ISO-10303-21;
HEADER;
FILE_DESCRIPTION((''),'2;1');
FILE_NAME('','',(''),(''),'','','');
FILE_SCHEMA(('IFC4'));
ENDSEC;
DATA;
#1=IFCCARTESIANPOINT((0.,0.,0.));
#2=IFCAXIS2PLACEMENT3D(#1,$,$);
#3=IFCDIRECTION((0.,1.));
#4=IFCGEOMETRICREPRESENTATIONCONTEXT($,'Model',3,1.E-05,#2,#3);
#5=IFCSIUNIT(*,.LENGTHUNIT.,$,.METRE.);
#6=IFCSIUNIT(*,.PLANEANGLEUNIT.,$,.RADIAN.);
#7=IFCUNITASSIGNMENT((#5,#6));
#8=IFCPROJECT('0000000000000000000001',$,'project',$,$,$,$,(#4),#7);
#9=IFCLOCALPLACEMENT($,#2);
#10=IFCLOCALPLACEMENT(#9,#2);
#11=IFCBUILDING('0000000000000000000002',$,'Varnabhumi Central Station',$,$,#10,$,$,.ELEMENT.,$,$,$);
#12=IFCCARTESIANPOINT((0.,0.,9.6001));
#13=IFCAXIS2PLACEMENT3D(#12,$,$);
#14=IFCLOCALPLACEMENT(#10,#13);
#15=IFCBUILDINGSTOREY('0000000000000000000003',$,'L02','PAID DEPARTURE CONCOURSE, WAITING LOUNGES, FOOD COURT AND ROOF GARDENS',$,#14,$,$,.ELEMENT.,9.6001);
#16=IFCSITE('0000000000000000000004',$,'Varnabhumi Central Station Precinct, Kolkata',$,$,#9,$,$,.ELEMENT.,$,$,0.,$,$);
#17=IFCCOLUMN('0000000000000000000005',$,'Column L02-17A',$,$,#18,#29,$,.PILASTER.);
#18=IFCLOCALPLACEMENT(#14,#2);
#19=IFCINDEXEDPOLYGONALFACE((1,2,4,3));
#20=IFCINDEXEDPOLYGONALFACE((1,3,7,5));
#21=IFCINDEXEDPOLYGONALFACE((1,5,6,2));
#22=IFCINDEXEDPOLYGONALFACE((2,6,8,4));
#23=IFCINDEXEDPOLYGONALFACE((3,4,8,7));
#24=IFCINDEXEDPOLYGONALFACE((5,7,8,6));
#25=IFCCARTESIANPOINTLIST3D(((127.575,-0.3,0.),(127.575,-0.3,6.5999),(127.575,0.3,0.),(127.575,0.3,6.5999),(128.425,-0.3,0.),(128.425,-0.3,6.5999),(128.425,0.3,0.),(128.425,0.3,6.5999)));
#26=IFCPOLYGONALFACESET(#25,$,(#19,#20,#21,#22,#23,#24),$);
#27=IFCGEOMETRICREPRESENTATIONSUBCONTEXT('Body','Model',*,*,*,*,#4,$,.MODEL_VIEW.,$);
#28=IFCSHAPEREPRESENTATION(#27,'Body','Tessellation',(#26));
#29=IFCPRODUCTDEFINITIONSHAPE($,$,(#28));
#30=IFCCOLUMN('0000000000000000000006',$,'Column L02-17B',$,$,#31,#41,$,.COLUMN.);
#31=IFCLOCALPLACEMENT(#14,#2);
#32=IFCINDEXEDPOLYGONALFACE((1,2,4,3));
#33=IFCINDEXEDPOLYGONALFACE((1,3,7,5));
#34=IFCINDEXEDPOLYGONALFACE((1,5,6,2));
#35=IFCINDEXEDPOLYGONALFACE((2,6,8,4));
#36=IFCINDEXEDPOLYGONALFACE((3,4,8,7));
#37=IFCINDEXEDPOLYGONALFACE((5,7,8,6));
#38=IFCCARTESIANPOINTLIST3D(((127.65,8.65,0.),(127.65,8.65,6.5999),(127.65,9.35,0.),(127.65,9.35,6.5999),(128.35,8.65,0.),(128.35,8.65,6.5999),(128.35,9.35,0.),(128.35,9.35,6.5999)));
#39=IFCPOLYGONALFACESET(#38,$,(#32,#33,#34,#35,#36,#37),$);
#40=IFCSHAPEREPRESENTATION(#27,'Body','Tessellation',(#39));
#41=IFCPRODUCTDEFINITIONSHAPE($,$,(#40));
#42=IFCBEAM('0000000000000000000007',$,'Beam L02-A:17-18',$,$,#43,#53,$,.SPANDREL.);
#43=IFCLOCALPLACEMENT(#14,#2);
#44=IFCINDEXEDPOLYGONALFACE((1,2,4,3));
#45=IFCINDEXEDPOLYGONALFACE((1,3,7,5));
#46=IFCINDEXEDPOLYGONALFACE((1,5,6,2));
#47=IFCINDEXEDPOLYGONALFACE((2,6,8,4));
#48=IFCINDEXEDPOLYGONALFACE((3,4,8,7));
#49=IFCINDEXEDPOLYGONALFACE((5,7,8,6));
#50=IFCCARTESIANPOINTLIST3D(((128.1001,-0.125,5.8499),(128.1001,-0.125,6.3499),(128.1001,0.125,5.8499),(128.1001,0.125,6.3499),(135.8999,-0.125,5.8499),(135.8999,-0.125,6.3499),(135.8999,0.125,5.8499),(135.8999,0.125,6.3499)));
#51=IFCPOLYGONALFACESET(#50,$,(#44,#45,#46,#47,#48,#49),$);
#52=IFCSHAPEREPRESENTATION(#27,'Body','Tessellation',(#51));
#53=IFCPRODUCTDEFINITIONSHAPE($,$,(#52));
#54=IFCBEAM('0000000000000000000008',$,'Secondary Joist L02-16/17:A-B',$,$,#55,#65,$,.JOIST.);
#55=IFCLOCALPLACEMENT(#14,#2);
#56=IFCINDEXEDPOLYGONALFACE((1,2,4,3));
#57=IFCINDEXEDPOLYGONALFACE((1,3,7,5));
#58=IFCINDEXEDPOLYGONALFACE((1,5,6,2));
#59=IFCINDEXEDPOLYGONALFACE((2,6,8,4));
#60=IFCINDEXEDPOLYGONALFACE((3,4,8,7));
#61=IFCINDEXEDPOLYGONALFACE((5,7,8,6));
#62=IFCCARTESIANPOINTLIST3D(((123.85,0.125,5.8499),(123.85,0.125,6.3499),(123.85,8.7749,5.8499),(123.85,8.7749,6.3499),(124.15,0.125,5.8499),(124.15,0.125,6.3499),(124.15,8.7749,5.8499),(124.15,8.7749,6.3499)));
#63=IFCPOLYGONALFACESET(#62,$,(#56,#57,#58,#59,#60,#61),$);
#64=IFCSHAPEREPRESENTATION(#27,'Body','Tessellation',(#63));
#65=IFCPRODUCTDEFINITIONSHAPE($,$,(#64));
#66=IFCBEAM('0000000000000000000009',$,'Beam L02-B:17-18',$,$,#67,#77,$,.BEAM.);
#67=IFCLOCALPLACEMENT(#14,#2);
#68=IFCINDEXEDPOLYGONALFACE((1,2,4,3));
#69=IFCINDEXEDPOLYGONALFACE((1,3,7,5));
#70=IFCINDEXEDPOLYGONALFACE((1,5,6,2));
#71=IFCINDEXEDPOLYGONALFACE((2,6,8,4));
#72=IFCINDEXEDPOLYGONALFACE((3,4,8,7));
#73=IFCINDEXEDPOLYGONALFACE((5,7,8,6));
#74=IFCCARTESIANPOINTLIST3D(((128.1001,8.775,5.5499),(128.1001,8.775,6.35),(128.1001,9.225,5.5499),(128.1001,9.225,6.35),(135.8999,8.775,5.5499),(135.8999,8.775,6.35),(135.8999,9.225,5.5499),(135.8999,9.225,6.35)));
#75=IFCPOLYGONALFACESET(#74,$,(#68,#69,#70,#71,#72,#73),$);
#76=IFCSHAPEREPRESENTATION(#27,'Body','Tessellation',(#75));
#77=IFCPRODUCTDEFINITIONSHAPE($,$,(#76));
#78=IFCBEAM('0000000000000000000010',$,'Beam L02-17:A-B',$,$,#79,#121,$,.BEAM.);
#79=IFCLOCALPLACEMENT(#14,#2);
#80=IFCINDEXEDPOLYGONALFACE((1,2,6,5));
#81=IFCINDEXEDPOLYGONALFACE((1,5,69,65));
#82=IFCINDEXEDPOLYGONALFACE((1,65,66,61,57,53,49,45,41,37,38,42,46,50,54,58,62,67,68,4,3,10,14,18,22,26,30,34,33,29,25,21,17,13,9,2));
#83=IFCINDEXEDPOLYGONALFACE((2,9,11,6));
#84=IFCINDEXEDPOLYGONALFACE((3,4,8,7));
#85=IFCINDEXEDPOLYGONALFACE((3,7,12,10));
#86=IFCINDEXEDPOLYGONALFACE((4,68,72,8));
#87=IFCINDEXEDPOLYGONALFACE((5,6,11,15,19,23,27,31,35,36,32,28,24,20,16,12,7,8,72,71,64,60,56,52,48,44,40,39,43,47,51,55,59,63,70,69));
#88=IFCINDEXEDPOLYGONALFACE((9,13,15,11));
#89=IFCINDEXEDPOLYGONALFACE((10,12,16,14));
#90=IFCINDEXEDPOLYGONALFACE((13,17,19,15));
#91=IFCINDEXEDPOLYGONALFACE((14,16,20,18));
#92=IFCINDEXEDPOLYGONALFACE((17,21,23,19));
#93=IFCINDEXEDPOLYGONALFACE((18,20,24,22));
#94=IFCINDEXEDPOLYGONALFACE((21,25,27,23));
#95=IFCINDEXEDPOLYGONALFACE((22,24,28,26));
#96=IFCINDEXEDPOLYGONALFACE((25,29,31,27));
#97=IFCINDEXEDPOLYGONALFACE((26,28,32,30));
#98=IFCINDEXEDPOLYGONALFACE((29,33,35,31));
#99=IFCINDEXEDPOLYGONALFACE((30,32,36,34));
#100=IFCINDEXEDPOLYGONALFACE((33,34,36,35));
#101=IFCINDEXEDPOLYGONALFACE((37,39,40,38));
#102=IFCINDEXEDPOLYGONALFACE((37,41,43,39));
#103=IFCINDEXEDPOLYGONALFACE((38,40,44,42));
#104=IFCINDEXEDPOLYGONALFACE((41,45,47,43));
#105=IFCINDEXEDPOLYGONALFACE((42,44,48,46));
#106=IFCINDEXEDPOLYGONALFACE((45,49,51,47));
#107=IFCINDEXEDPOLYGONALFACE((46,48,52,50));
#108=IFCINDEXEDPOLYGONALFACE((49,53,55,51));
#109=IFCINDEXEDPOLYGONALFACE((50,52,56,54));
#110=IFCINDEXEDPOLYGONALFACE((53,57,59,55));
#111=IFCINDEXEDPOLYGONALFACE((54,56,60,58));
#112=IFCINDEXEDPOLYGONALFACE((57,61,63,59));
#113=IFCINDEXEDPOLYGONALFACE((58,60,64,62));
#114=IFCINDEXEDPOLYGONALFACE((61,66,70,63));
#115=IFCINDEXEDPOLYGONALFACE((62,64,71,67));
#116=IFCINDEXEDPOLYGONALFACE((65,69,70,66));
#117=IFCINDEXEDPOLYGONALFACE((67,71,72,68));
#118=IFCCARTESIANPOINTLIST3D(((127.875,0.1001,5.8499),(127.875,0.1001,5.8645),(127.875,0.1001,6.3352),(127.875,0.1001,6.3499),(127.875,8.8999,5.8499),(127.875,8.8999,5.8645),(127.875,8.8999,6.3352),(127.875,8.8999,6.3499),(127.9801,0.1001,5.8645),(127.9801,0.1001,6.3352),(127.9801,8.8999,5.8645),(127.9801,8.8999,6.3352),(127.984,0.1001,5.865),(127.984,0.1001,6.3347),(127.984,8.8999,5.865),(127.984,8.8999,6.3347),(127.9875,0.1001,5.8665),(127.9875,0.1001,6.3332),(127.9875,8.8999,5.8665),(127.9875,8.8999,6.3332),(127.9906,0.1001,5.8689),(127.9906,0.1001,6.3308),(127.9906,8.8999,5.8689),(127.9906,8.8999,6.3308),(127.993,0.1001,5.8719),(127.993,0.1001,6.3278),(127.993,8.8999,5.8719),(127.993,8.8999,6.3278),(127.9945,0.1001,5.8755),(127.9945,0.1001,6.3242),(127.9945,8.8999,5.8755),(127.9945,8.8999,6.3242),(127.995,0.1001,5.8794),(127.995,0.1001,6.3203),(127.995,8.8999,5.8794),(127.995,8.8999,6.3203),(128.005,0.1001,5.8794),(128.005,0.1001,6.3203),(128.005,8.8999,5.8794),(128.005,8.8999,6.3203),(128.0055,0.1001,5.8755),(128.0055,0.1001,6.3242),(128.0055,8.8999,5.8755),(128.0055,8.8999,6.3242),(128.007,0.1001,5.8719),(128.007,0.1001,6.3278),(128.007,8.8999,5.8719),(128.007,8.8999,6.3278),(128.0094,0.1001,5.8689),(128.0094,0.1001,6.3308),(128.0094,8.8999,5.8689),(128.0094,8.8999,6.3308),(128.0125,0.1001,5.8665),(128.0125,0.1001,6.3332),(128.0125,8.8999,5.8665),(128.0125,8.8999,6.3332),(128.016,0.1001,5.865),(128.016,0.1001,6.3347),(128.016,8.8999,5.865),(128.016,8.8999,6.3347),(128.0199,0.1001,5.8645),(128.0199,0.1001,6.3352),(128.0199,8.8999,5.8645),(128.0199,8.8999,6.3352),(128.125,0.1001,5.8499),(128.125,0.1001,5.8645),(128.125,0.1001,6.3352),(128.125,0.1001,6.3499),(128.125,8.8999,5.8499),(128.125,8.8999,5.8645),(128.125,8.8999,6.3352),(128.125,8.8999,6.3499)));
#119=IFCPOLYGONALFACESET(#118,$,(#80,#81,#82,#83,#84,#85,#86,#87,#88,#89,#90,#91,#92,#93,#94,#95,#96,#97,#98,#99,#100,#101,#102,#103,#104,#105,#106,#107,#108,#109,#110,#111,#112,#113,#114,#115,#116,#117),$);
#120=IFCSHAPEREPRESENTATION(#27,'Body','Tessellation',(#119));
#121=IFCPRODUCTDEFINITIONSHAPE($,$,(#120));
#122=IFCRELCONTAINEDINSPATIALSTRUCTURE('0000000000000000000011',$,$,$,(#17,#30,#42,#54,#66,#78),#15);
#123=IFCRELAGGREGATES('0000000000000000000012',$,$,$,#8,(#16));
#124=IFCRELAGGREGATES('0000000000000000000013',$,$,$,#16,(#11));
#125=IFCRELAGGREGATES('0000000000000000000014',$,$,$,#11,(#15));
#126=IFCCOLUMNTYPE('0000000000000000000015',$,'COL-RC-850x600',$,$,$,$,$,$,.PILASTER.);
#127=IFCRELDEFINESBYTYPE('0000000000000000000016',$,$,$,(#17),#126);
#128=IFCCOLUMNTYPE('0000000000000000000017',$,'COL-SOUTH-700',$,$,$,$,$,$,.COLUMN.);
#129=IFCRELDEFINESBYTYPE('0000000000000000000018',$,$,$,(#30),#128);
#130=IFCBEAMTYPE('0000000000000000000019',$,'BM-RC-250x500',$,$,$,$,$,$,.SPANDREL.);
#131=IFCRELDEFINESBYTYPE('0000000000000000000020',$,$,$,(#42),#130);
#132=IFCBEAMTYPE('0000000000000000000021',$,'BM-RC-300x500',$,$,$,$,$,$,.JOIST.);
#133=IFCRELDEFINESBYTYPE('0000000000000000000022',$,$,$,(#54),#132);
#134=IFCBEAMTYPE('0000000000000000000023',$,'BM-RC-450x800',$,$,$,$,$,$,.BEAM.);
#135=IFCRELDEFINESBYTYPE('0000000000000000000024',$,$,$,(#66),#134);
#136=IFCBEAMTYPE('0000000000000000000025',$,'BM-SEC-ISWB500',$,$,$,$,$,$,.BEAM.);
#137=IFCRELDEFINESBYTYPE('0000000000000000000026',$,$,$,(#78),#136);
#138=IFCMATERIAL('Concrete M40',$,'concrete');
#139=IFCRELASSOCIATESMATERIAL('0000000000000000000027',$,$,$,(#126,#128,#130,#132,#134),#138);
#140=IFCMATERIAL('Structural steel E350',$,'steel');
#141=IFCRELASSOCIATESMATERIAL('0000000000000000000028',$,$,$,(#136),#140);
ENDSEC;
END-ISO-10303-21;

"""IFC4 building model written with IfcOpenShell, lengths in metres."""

from ifc_helpers import new_model, si_unit, direction, frame, origin, origin_2d, place, context, subcontext, project, spatial, rectangle, i_section, extrude, material, material_profile, profile_set, type_object, element, save


model = new_model("IFC4")

# Units and contexts
model_context = context("Model", 3, precision=1e-05, world=origin(), true_north=direction((0.0, 1.0)))
body_context = subcontext(model_context, "Body", "Model", "MODEL_VIEW")
ifc_project = project(units=[si_unit("LENGTHUNIT", "METRE"), si_unit("PLANEANGLEUNIT", "RADIAN")], contexts=[model_context])

# Site, building, storey
site_placement = place(None, origin())
site = spatial("IfcSite", under=ifc_project, at=site_placement, Name="Varnabhumi Central Station Precinct, Kolkata", CompositionType="ELEMENT", RefElevation=0.0)
building_placement = place(site_placement, origin())
building = spatial("IfcBuilding", under=site, at=building_placement, Name="Varnabhumi Central Station", CompositionType="ELEMENT")
storey_placement = place(building_placement, frame((0.0, 0.0, 9.6001)))
storey = spatial("IfcBuildingStorey", under=building, at=storey_placement, Name="L02", Description="PAID DEPARTURE CONCOURSE, WAITING LOUNGES, FOOD COURT AND ROOF GARDENS", CompositionType="ELEMENT", Elevation=9.6001)

# Columns
ifc_material_1 = material(Name="Concrete M40", Category="concrete")
ifc_material_profile_1 = material_profile(ifc_material_1, rectangle(XDim=0.8501, YDim=0.6001, at=origin_2d()), Name="Concrete M40", Category="concrete")
ifc_profile_set_1 = profile_set([ifc_material_profile_1], Name="Concrete M40")
column_type_1 = type_object("IfcColumnType", Name="COL-RC-850x600", PredefinedType="PILASTER", material=ifc_profile_set_1)
column_1_placement = place(storey_placement, frame((128.0, 0.0, 0.0), z_axis=(0.0, 0.0, 1.0), x_axis=(1.0, 0.0, 0.0)))
element("IfcColumn", 1, at=column_1_placement, inside=storey, type_object=column_type_1, Name="Column L02-17A", PredefinedType="PILASTER", context=body_context, shape_type="SweptSolid", body=[
    extrude(rectangle(XDim=0.8501, YDim=0.6001, at=origin_2d()), origin(), (0.0, 0.0, 1.0), 6.5999),
])
ifc_material_profile_2 = material_profile(ifc_material_1, rectangle(XDim=0.7, YDim=0.7, at=origin_2d()), Name="Concrete M40", Category="concrete")
ifc_profile_set_2 = profile_set([ifc_material_profile_2], Name="Concrete M40")
column_type_2 = type_object("IfcColumnType", Name="COL-SOUTH-700", PredefinedType="COLUMN", material=ifc_profile_set_2)
column_2_placement = place(storey_placement, frame((128.0, 9.0, 0.0), z_axis=(0.0, 0.0, 1.0), x_axis=(1.0, 0.0, 0.0)))
element("IfcColumn", 2, at=column_2_placement, inside=storey, type_object=column_type_2, Name="Column L02-17B", PredefinedType="COLUMN", context=body_context, shape_type="SweptSolid", body=[
    extrude(rectangle(XDim=0.7, YDim=0.7, at=origin_2d()), origin(), (0.0, 0.0, 1.0), 6.5999),
])

# Beams
ifc_material_profile_3 = material_profile(ifc_material_1, rectangle(XDim=0.25, YDim=0.5, at=origin_2d()), Name="Concrete M40", Category="concrete")
ifc_profile_set_3 = profile_set([ifc_material_profile_3], Name="Concrete M40")
beam_type_1 = type_object("IfcBeamType", Name="BM-RC-250x500", PredefinedType="SPANDREL", material=ifc_profile_set_3)
beam_1_placement = place(storey_placement, frame((128.1001, 0.0, 6.0999), z_axis=(1.0, 0.0, 0.0), x_axis=(0.0, 1.0, 0.0)))
element("IfcBeam", 3, at=beam_1_placement, inside=storey, type_object=beam_type_1, Name="Beam L02-A:17-18", PredefinedType="SPANDREL", context=body_context, shape_type="SweptSolid", body=[
    extrude(rectangle(XDim=0.25, YDim=0.5, at=origin_2d()), origin(), (0.0, 0.0, 1.0), 7.7998),
])
ifc_material_profile_4 = material_profile(ifc_material_1, rectangle(XDim=0.3, YDim=0.5, at=origin_2d()), Name="Concrete M40", Category="concrete")
ifc_profile_set_4 = profile_set([ifc_material_profile_4], Name="Concrete M40")
beam_type_2 = type_object("IfcBeamType", Name="BM-RC-300x500", PredefinedType="JOIST", material=ifc_profile_set_4)
beam_2_placement = place(storey_placement, frame((124.0, 0.125, 6.0999), z_axis=(0.0, 1.0, 0.0), x_axis=(-1.0, 0.0, 0.0)))
element("IfcBeam", 4, at=beam_2_placement, inside=storey, type_object=beam_type_2, Name="Secondary Joist L02-16/17:A-B", PredefinedType="JOIST", context=body_context, shape_type="SweptSolid", body=[
    extrude(rectangle(XDim=0.3, YDim=0.5, at=origin_2d()), origin(), (0.0, 0.0, 1.0), 8.6499),
])
ifc_material_profile_5 = material_profile(ifc_material_1, rectangle(XDim=0.45, YDim=0.8, at=origin_2d()), Name="Concrete M40", Category="concrete")
ifc_profile_set_5 = profile_set([ifc_material_profile_5], Name="Concrete M40")
beam_type_3 = type_object("IfcBeamType", Name="BM-RC-450x800", PredefinedType="BEAM", material=ifc_profile_set_5)
beam_3_placement = place(storey_placement, frame((128.1001, 9.0, 5.95), z_axis=(1.0, 0.0, 0.0), x_axis=(0.0, 1.0, 0.0)))
element("IfcBeam", 5, at=beam_3_placement, inside=storey, type_object=beam_type_3, Name="Beam L02-B:17-18", PredefinedType="BEAM", context=body_context, shape_type="SweptSolid", body=[
    extrude(rectangle(XDim=0.45, YDim=0.8, at=origin_2d()), origin(), (0.0, 0.0, 1.0), 7.7998),
])
ifc_material_2 = material(Name="Structural steel E350", Category="steel")
ifc_material_profile_6 = material_profile(ifc_material_2, i_section(OverallWidth=0.25, OverallDepth=0.5, WebThickness=0.01, FlangeThickness=0.0146, FilletRadius=0.0149, at=origin_2d()), Name="Structural steel E350", Category="steel")
ifc_profile_set_6 = profile_set([ifc_material_profile_6], Name="Structural steel E350")
beam_type_4 = type_object("IfcBeamType", Name="BM-SEC-ISWB500", PredefinedType="BEAM", material=ifc_profile_set_6)
beam_4_placement = place(storey_placement, frame((128.0, 0.1001, 6.0999), z_axis=(0.0, 1.0, 0.0), x_axis=(-1.0, 0.0, 0.0)))
element("IfcBeam", 6, at=beam_4_placement, inside=storey, type_object=beam_type_4, Name="Beam L02-17:A-B", PredefinedType="BEAM", context=body_context, shape_type="SweptSolid", body=[
    extrude(i_section(OverallWidth=0.25, OverallDepth=0.5, WebThickness=0.01, FlangeThickness=0.0146, FilletRadius=0.0149, at=origin_2d()), origin(), (0.0, 0.0, 1.0), 8.7998),
])

save(model, "model.ifc")
